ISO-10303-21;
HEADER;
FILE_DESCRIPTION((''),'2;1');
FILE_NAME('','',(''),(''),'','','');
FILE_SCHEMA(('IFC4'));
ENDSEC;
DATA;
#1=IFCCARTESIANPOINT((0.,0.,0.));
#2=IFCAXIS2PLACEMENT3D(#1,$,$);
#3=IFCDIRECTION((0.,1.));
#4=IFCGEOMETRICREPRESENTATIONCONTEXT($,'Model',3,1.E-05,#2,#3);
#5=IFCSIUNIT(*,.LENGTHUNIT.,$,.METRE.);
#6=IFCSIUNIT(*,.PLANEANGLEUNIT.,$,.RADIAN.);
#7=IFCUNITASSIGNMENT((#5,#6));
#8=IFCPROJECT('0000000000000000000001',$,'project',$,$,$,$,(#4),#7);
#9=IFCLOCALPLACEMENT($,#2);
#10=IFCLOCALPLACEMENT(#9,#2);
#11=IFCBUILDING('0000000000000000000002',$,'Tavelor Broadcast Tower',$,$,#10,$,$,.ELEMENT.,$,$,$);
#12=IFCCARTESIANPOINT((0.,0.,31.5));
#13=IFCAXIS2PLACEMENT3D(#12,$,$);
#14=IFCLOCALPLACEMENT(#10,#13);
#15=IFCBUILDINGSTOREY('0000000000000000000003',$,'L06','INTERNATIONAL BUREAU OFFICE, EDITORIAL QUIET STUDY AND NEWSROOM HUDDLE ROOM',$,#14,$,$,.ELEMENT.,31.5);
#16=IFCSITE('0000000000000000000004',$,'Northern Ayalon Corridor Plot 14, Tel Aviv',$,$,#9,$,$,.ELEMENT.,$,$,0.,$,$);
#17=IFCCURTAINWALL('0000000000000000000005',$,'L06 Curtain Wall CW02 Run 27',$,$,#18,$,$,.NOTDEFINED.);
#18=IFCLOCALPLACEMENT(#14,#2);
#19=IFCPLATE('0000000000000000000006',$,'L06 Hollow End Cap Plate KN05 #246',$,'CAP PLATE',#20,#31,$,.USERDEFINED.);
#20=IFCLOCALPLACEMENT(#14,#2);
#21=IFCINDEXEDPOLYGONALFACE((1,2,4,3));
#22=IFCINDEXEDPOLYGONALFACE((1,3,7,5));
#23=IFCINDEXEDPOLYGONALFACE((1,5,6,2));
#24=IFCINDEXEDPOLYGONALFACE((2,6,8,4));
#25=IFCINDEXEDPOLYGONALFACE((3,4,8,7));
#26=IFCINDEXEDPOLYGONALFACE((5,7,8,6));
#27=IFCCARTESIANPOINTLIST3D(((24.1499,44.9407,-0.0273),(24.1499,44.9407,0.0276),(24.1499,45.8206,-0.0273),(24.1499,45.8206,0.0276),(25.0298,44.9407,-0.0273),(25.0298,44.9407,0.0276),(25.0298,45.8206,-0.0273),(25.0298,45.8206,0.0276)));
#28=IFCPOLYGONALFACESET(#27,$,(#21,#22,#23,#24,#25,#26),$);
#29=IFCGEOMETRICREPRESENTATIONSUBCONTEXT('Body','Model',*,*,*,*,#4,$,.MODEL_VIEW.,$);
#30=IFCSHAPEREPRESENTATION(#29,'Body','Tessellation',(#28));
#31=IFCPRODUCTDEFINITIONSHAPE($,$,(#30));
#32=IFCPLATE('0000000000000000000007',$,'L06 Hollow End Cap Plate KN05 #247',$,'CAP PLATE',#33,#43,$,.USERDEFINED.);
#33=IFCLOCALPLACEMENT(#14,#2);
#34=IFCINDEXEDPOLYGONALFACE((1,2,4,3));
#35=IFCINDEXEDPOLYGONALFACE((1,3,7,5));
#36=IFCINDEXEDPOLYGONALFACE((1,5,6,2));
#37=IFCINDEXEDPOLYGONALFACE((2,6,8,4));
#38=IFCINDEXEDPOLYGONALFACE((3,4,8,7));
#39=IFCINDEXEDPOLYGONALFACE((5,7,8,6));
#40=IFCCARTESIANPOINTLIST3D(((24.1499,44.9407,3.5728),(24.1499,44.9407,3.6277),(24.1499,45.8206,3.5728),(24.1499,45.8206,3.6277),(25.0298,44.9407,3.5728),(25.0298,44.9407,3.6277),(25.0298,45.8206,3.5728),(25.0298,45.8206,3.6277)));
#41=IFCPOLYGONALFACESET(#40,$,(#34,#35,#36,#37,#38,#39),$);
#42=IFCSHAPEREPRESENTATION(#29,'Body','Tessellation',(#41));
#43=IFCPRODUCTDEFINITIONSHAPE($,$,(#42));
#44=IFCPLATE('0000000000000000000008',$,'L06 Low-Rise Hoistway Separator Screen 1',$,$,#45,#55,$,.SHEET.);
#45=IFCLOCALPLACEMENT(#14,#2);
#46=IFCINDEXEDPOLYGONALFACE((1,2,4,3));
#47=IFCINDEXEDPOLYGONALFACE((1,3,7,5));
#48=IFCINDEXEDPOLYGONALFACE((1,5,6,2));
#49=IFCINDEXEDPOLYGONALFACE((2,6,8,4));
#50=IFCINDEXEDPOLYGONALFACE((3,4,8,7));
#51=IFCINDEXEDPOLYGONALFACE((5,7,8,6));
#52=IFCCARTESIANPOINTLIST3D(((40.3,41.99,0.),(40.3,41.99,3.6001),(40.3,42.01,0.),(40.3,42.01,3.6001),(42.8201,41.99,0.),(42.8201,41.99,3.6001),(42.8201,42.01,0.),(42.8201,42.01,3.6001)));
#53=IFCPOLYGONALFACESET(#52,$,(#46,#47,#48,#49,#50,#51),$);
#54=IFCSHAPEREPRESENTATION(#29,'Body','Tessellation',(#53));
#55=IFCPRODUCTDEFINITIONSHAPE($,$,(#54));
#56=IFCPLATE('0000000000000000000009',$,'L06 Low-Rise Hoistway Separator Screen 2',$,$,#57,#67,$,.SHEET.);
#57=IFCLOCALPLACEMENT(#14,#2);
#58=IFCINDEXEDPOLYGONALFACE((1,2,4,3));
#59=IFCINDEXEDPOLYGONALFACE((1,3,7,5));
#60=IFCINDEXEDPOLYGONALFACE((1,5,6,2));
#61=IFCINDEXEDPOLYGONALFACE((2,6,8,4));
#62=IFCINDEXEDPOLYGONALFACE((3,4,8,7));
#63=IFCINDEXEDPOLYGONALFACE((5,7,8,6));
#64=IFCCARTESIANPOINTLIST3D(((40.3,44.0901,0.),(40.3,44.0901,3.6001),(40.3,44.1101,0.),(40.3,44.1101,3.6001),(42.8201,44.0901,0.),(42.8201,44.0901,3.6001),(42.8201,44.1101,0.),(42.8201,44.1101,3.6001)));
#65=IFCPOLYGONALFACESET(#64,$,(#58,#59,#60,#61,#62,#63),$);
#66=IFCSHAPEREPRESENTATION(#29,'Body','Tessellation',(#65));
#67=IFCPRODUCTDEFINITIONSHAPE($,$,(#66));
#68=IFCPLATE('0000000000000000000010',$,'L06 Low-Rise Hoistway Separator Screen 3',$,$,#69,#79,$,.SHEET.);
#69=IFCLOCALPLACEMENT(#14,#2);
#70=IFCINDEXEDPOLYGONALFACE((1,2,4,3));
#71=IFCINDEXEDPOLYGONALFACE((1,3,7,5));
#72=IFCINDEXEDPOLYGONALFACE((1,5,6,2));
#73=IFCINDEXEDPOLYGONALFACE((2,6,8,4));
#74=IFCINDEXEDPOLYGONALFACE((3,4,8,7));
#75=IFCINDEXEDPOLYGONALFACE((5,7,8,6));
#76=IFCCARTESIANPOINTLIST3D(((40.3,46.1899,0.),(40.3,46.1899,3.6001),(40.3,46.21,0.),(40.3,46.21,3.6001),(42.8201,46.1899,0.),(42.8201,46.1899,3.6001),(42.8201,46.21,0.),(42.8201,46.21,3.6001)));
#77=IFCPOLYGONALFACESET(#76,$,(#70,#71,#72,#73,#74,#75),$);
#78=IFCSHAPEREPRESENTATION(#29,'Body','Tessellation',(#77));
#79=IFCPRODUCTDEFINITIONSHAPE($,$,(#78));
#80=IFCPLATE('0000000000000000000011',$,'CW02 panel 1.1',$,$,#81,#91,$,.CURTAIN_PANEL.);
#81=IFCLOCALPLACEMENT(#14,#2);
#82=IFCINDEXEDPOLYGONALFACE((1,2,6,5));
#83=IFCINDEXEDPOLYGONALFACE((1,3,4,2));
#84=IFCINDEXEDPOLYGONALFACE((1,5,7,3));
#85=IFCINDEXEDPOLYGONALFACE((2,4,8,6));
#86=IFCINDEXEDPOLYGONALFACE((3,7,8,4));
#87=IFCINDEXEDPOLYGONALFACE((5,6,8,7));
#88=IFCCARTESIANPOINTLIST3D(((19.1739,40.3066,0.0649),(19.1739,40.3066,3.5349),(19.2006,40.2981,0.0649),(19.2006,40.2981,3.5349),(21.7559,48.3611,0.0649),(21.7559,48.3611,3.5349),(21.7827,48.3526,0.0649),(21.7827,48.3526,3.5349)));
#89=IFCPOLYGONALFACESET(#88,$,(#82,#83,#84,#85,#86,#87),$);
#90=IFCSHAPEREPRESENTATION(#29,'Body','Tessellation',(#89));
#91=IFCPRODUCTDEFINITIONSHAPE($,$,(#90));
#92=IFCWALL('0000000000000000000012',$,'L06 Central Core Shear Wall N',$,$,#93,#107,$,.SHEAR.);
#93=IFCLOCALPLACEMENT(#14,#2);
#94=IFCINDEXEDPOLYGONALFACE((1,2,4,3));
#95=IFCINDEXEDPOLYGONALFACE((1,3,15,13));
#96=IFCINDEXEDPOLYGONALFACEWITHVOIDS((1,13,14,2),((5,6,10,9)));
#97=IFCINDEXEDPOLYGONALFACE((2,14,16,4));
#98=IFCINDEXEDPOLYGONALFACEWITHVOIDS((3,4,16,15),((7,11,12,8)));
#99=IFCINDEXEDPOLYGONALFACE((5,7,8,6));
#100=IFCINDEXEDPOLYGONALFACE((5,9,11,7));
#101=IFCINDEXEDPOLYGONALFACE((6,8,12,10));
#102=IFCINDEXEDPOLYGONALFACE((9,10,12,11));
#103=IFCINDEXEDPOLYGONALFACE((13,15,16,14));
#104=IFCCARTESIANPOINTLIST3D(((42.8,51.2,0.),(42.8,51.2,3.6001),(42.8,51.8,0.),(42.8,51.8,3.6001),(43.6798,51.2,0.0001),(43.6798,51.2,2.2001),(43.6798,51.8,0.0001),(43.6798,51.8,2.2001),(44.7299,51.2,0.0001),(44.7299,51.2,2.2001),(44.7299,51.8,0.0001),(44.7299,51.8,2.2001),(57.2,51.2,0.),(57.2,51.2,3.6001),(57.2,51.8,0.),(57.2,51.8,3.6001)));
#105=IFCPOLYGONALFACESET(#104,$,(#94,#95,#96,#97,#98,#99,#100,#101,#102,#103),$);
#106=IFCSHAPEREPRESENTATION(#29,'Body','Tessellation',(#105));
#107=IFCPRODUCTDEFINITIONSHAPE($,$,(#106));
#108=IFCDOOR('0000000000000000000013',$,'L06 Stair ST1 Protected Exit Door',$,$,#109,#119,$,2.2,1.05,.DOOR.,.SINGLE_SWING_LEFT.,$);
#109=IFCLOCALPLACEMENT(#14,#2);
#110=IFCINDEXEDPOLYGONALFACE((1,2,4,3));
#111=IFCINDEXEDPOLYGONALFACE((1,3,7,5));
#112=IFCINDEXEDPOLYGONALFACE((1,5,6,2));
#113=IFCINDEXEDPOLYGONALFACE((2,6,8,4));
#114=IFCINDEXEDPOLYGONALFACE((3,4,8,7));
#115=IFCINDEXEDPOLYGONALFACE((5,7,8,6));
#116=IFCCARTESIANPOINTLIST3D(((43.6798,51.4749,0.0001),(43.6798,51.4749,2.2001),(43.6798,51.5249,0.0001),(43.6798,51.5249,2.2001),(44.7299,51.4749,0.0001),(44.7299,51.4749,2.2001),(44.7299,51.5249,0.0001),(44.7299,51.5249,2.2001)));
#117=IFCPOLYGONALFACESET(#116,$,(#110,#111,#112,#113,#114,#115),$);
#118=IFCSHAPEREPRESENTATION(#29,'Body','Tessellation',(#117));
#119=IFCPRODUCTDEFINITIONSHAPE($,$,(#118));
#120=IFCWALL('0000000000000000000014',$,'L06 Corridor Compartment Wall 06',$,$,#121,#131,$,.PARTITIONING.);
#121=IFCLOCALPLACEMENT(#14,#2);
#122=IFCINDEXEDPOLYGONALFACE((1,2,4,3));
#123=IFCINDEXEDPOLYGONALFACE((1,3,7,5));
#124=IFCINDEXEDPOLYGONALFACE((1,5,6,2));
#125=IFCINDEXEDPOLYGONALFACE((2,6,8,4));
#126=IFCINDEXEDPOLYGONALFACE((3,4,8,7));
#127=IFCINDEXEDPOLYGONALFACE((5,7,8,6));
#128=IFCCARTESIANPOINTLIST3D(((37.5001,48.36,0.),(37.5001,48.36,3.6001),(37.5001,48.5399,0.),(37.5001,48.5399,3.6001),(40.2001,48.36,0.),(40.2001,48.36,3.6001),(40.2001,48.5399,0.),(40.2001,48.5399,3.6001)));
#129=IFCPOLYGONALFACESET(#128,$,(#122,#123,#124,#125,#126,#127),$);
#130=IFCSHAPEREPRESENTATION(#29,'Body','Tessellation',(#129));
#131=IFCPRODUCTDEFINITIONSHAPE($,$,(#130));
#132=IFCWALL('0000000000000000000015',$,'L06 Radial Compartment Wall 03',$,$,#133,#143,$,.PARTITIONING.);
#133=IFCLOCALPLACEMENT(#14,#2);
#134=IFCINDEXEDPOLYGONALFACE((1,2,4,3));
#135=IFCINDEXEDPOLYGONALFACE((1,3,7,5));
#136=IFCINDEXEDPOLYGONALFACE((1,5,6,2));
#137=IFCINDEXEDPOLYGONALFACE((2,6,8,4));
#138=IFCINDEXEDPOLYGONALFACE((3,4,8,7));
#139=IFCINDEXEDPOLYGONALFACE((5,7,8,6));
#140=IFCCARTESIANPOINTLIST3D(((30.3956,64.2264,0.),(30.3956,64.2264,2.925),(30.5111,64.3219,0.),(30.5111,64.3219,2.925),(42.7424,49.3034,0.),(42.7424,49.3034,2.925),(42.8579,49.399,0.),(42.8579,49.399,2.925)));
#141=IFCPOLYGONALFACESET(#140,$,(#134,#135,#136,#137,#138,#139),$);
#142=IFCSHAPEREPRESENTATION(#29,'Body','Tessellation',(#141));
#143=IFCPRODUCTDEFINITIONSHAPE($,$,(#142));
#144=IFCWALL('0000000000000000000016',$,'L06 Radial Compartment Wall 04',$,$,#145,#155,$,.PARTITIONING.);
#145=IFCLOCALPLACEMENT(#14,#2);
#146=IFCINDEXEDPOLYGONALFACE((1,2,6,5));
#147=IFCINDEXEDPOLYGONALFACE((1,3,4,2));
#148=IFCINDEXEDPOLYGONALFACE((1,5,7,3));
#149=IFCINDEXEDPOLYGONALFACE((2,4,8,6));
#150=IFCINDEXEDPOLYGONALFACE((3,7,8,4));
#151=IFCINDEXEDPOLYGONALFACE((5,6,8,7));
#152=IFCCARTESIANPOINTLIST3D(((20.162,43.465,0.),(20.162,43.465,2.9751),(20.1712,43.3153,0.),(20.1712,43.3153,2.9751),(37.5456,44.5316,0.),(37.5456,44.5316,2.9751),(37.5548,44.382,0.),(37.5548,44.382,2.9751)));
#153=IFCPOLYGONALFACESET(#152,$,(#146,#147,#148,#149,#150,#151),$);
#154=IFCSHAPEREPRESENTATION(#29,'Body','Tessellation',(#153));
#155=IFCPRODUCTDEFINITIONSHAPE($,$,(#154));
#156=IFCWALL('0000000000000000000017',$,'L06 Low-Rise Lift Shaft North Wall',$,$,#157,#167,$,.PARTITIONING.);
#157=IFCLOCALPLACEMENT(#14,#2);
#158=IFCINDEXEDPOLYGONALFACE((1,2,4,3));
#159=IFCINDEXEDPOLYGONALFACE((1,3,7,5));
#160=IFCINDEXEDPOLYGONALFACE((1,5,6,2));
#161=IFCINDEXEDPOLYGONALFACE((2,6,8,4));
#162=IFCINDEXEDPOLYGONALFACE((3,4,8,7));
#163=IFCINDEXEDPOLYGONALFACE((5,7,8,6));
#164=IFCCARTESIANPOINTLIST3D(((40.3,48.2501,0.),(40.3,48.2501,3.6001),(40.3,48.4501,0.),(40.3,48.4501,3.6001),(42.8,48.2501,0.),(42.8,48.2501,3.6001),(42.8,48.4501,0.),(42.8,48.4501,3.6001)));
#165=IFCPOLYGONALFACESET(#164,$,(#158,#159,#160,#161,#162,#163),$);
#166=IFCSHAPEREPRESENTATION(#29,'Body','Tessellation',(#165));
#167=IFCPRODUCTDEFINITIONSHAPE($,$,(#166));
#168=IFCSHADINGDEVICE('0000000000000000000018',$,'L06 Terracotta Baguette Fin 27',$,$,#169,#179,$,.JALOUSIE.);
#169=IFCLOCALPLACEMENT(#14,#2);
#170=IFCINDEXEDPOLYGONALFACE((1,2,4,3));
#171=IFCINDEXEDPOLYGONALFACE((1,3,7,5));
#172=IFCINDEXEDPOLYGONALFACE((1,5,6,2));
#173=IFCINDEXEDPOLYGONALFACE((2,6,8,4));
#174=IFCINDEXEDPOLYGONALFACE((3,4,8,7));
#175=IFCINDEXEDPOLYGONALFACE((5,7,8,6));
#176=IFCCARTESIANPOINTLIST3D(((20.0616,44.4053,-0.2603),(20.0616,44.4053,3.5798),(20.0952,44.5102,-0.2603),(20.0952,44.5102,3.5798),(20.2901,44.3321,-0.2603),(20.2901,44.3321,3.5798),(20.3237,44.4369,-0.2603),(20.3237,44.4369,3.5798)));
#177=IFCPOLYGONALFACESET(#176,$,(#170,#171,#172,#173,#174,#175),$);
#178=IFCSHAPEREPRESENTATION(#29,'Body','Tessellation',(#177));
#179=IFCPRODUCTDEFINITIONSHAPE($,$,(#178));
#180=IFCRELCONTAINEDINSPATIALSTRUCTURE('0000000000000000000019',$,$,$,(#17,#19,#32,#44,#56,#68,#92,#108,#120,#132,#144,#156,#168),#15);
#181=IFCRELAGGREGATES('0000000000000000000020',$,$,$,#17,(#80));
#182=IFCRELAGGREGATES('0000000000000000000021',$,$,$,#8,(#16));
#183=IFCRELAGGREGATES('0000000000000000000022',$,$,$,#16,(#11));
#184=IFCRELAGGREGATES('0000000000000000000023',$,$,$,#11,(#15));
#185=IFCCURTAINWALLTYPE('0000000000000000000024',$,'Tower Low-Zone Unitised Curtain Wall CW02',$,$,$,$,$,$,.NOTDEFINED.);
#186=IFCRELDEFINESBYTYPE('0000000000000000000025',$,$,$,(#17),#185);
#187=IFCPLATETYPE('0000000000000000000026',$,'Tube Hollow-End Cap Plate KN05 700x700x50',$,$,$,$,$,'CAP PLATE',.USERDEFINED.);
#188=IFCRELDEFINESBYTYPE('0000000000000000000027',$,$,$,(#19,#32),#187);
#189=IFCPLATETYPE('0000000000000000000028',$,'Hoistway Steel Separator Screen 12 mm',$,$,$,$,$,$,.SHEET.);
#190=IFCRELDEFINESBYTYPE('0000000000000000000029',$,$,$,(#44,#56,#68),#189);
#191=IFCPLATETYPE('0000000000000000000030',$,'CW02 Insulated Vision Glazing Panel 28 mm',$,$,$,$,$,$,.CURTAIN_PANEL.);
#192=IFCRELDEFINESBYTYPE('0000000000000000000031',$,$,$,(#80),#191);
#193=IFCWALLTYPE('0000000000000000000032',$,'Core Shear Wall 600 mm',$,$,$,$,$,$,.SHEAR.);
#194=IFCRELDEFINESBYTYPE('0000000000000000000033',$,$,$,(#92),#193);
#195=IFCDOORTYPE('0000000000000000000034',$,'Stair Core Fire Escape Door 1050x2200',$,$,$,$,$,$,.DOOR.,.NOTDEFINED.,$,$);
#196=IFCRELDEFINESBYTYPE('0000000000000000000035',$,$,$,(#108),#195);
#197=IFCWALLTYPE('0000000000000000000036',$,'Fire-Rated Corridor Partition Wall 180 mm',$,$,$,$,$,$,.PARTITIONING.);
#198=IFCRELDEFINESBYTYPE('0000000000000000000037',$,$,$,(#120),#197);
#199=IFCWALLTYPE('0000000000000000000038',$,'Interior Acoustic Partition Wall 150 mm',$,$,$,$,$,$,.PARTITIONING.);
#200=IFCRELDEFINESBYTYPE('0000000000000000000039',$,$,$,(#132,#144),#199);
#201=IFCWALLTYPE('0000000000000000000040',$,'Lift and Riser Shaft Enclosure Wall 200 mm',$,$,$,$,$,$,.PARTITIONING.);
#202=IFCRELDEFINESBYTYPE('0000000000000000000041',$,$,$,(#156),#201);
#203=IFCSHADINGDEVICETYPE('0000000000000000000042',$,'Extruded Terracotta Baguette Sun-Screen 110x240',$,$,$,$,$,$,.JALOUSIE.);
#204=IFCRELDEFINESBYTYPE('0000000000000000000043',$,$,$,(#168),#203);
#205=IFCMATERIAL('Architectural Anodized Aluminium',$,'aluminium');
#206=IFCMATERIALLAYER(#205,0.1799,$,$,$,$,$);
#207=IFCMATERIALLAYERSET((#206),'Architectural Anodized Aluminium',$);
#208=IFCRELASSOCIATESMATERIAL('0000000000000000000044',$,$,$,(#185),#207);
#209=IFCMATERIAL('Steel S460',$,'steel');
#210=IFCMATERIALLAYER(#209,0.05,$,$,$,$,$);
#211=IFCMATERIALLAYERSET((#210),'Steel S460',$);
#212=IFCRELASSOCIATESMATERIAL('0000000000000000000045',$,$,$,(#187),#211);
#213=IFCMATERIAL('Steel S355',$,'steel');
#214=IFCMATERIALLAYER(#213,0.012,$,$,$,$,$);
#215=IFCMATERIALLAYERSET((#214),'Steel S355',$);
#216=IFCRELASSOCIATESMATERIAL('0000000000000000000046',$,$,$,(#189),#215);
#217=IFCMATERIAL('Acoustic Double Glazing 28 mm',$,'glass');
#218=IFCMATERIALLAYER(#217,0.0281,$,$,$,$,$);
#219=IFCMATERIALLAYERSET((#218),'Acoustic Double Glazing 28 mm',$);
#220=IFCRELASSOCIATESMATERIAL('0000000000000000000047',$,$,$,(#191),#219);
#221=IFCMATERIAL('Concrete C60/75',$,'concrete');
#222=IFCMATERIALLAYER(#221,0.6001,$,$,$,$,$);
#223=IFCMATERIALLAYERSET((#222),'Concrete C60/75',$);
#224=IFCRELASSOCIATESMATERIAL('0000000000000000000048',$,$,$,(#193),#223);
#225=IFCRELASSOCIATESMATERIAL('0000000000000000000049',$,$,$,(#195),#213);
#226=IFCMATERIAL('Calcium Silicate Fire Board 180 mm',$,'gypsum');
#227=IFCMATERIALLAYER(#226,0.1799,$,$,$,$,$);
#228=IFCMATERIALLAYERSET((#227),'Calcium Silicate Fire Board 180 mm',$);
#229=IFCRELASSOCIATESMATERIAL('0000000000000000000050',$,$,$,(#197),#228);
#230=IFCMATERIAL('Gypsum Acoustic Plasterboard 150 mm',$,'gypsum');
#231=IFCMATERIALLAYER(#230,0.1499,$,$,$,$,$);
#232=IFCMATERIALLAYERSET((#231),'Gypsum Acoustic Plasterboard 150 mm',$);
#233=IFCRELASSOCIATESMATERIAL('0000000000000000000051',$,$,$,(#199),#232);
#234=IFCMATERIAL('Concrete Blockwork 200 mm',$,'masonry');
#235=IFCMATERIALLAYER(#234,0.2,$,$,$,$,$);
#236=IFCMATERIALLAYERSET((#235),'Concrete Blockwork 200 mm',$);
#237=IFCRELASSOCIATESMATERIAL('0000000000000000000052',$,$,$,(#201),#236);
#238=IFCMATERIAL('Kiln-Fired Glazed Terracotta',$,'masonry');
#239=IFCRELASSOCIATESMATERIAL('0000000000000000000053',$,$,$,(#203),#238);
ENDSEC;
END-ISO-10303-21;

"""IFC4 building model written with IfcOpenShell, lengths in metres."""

from ifc_helpers import new_model, si_unit, direction, frame, frame_2d, origin, origin_2d, place, context, subcontext, project, spatial, rectangle, extrude, source, transform, mapped, material, layer, layer_set, type_object, type_shapes, element, fill, aggregate, save


model = new_model("IFC4")

# Units and contexts
model_context = context("Model", 3, precision=1e-05, world=origin(), true_north=direction((0.0, 1.0)))
body_context = subcontext(model_context, "Body", "Model", "MODEL_VIEW")
ifc_project = project(units=[si_unit("LENGTHUNIT", "METRE"), si_unit("PLANEANGLEUNIT", "RADIAN")], contexts=[model_context])

# Site, building, storey
site_placement = place(None, origin())
site = spatial("IfcSite", under=ifc_project, at=site_placement, Name="Northern Ayalon Corridor Plot 14, Tel Aviv", CompositionType="ELEMENT", RefElevation=0.0)
building_placement = place(site_placement, origin())
building = spatial("IfcBuilding", under=site, at=building_placement, Name="Tavelor Broadcast Tower", CompositionType="ELEMENT")
storey_placement = place(building_placement, frame((0.0, 0.0, 31.5)))
storey = spatial("IfcBuildingStorey", under=building, at=storey_placement, Name="L06", Description="INTERNATIONAL BUREAU OFFICE, EDITORIAL QUIET STUDY AND NEWSROOM HUDDLE ROOM", CompositionType="ELEMENT", Elevation=31.5)

# Shared definitions
ifc_material_1 = material(Name="Steel S460", Category="steel")

# Shared definitions
ifc_material_2 = material(Name="Steel S355", Category="steel")

# Shared definitions
ifc_material_3 = material(Name="Architectural Anodized Aluminium", Category="aluminium")
ifc_layer_1 = layer(ifc_material_3, 0.1799)
ifc_layer_set_1 = layer_set([ifc_layer_1], Name="Architectural Anodized Aluminium")
curtain_wall_type = type_object("IfcCurtainWallType", Name="Tower Low-Zone Unitised Curtain Wall CW02", PredefinedType="NOTDEFINED", material=ifc_layer_set_1)

# Curtain wall
curtain_wall_1_placement = place(storey_placement, origin())
curtain_wall_1 = element("IfcCurtainWall", 1, at=curtain_wall_1_placement, inside=storey, type_object=curtain_wall_type, Name="L06 Curtain Wall CW02 Run 27", PredefinedType="NOTDEFINED")

# Plates
ifc_layer_2 = layer(ifc_material_1, 0.05)
ifc_layer_set_2 = layer_set([ifc_layer_2], Name="Steel S460")
plate_type_1 = type_object("IfcPlateType", Name="Tube Hollow-End Cap Plate KN05 700x700x50", ElementType="CAP PLATE", PredefinedType="USERDEFINED", material=ifc_layer_set_2)
shared_shape_1 = source(origin(), body_context, "Body", "SweptSolid", [
    extrude(rectangle(XDim=0.8799, YDim=0.8799, at=origin_2d()), origin(), (0.0, 0.0, 1.0), 0.0549),
])
type_shapes(plate_type_1, [shared_shape_1])
for number, where, z_axis, x_axis, name in (
    (2, (24.5898, 45.3806, -0.0273), (0.0, 0.0, 1.0), (1.0, 0.0, 0.0), "L06 Hollow End Cap Plate KN05 #246"),
    (3, (24.5898, 45.3806, 3.5728), (0.0, 0.0, 1.0), (1.0, 0.0, 0.0), "L06 Hollow End Cap Plate KN05 #247"),
):
    element("IfcPlate", number, at=place(storey_placement, frame(where, z_axis=z_axis, x_axis=x_axis)), inside=storey, type_object=plate_type_1, Name=name, ObjectType="CAP PLATE", PredefinedType="USERDEFINED", context=body_context, shape_type="MappedRepresentation", body=[
        mapped(shared_shape_1, transform((0.0, 0.0, 0.0), scale=1.0)),
    ])
ifc_layer_3 = layer(ifc_material_2, 0.012)
ifc_layer_set_3 = layer_set([ifc_layer_3], Name="Steel S355")
plate_type_2 = type_object("IfcPlateType", Name="Hoistway Steel Separator Screen 12 mm", PredefinedType="SHEET", material=ifc_layer_set_3)
shared_shape_2 = source(origin(), body_context, "Body", "SweptSolid", [
    extrude(rectangle(XDim=2.52, YDim=0.02, at=origin_2d()), origin(), (0.0, 0.0, 1.0), 3.6001),
])
type_shapes(plate_type_2, [shared_shape_2])
for number, where, z_axis, x_axis, name in (
    (4, (41.5601, 42.0, 0.0), (0.0, 0.0, 1.0), (1.0, 0.0, 0.0), "L06 Low-Rise Hoistway Separator Screen 1"),
    (5, (41.5601, 44.1001, 0.0), (0.0, 0.0, 1.0), (1.0, 0.0, 0.0), "L06 Low-Rise Hoistway Separator Screen 2"),
    (6, (41.5601, 46.2, 0.0), (0.0, 0.0, 1.0), (1.0, 0.0, 0.0), "L06 Low-Rise Hoistway Separator Screen 3"),
):
    element("IfcPlate", number, at=place(storey_placement, frame(where, z_axis=z_axis, x_axis=x_axis)), inside=storey, type_object=plate_type_2, Name=name, PredefinedType="SHEET", context=body_context, shape_type="MappedRepresentation", body=[
        mapped(shared_shape_2, transform((0.0, 0.0, 0.0), scale=1.0)),
    ])

# Plate
ifc_material_4 = material(Name="Acoustic Double Glazing 28 mm", Category="glass")
ifc_layer_4 = layer(ifc_material_4, 0.0281)
ifc_layer_set_4 = layer_set([ifc_layer_4], Name="Acoustic Double Glazing 28 mm")
plate_type_3 = type_object("IfcPlateType", Name="CW02 Insulated Vision Glazing Panel 28 mm", PredefinedType="CURTAIN_PANEL", material=ifc_layer_set_4)
shared_shape_3 = source(origin(), body_context, "Body", "SweptSolid", [
    extrude(rectangle(XDim=8.4583, YDim=0.0281, at=origin_2d()), origin(), (0.0, 0.0, 1.0), 3.47),
])
type_shapes(plate_type_3, [shared_shape_3])
plate_placement = place(storey_placement, frame((20.4783, 44.3296, 0.0649), z_axis=(0.0, 0.0, 1.0), x_axis=(-0.30527, -0.952266, 0.0)))
plate = element("IfcPlate", 7, at=plate_placement, type_object=plate_type_3, Name="CW02 panel 1.1", PredefinedType="CURTAIN_PANEL", context=body_context, shape_type="MappedRepresentation", body=[
    mapped(shared_shape_3, transform((0.0, 0.0, 0.0), scale=1.0)),
])
aggregate(curtain_wall_1, [plate])

# Wall, opening, door
ifc_material_5 = material(Name="Concrete C60/75", Category="concrete")
ifc_layer_5 = layer(ifc_material_5, 0.6001)
ifc_layer_set_5 = layer_set([ifc_layer_5], Name="Concrete C60/75")
wall_type_1 = type_object("IfcWallType", Name="Core Shear Wall 600 mm", PredefinedType="SHEAR", material=ifc_layer_set_5)
wall_1_placement = place(storey_placement, frame((42.8, 51.5, 0.0), z_axis=(0.0, 0.0, 1.0), x_axis=(1.0, 0.0, 0.0)))
wall_1 = element("IfcWall", 8, at=wall_1_placement, inside=storey, type_object=wall_type_1, Name="L06 Central Core Shear Wall N", PredefinedType="SHEAR", context=body_context, shape_type="SweptSolid", body=[
    extrude(rectangle(XDim=14.3999, YDim=0.6001, at=frame_2d((7.2, 0.0))), origin(), (0.0, 0.0, 1.0), 3.6001),
])
opening_placement = place(wall_1_placement, frame((0.8799, 0.0, 0.0)))
opening = element("IfcOpeningElement", 9, at=opening_placement, cuts=wall_1, PredefinedType="OPENING", context=body_context, shape_type="SweptSolid", body=[
    extrude(rectangle(XDim=1.05, YDim=2.2, at=frame_2d((0.5249, 1.1001))), frame((0.0, 0.3101, 0.0), z_axis=(0.0, -1.0, 0.0), x_axis=(1.0, 0.0, 0.0)), (0.0, 0.0, 1.0), 0.6201),
])
door_type = type_object("IfcDoorType", Name="Stair Core Fire Escape Door 1050x2200", OperationType="NOTDEFINED", PredefinedType="DOOR", material=ifc_material_2)
door_placement = place(opening_placement, origin())
door = element("IfcDoor", 10, at=door_placement, inside=storey, type_object=door_type, Name="L06 Stair ST1 Protected Exit Door", OperationType="SINGLE_SWING_LEFT", OverallHeight=2.2, OverallWidth=1.05, PredefinedType="DOOR", context=body_context, shape_type="SweptSolid", body=[
    extrude(rectangle(XDim=1.05, YDim=2.2, at=frame_2d((0.5249, 1.1001))), frame((0.0, 0.0249, 0.0), z_axis=(0.0, -1.0, 0.0), x_axis=(1.0, 0.0, 0.0)), (0.0, 0.0, 1.0), 0.05),
])
fill(opening, door)

# Walls
ifc_material_6 = material(Name="Calcium Silicate Fire Board 180 mm", Category="gypsum")
ifc_layer_6 = layer(ifc_material_6, 0.1799)
ifc_layer_set_6 = layer_set([ifc_layer_6], Name="Calcium Silicate Fire Board 180 mm")
wall_type_2 = type_object("IfcWallType", Name="Fire-Rated Corridor Partition Wall 180 mm", PredefinedType="PARTITIONING", material=ifc_layer_set_6)
wall_2_placement = place(storey_placement, frame((37.5, 48.45, 0.0), z_axis=(0.0, 0.0, 1.0), x_axis=(1.0, 0.0, 0.0)))
element("IfcWall", 11, at=wall_2_placement, inside=storey, type_object=wall_type_2, Name="L06 Corridor Compartment Wall 06", PredefinedType="PARTITIONING", context=body_context, shape_type="SweptSolid", body=[
    extrude(rectangle(XDim=2.7, YDim=0.1799, at=frame_2d((1.3501, 0.0))), origin(), (0.0, 0.0, 1.0), 3.6001),
])
ifc_material_7 = material(Name="Gypsum Acoustic Plasterboard 150 mm", Category="gypsum")
ifc_layer_7 = layer(ifc_material_7, 0.1499)
ifc_layer_set_7 = layer_set([ifc_layer_7], Name="Gypsum Acoustic Plasterboard 150 mm")
wall_type_3 = type_object("IfcWallType", Name="Interior Acoustic Partition Wall 150 mm", PredefinedType="PARTITIONING", material=ifc_layer_set_7)
wall_3_placement = place(storey_placement, frame((42.8, 49.3513, 0.0), z_axis=(0.0, 0.0, 1.0), x_axis=(-0.637468, 0.770477, 0.0)))
element("IfcWall", 12, at=wall_3_placement, inside=storey, type_object=wall_type_3, Name="L06 Radial Compartment Wall 03", PredefinedType="PARTITIONING", context=body_context, shape_type="SweptSolid", body=[
    extrude(rectangle(XDim=19.3684, YDim=0.1499, at=frame_2d((9.6841, 0.0))), origin(), (0.0, 0.0, 1.0), 2.925),
])
wall_4_placement = place(storey_placement, frame((37.55, 44.4568, 0.0), z_axis=(0.0, 0.0, 1.0), x_axis=(-0.998123, -0.061245, 0.0)))
element("IfcWall", 13, at=wall_4_placement, inside=storey, type_object=wall_type_3, Name="L06 Radial Compartment Wall 04", PredefinedType="PARTITIONING", context=body_context, shape_type="SweptSolid", body=[
    extrude(rectangle(XDim=17.4163, YDim=0.1499, at=frame_2d((8.708, 0.0))), origin(), (0.0, 0.0, 1.0), 2.9751),
])
ifc_material_8 = material(Name="Concrete Blockwork 200 mm", Category="masonry")
ifc_layer_8 = layer(ifc_material_8, 0.2)
ifc_layer_set_8 = layer_set([ifc_layer_8], Name="Concrete Blockwork 200 mm")
wall_type_4 = type_object("IfcWallType", Name="Lift and Riser Shaft Enclosure Wall 200 mm", PredefinedType="PARTITIONING", material=ifc_layer_set_8)
wall_5_placement = place(storey_placement, frame((40.3, 48.3501, 0.0), z_axis=(0.0, 0.0, 1.0), x_axis=(1.0, 0.0, 0.0)))
element("IfcWall", 14, at=wall_5_placement, inside=storey, type_object=wall_type_4, Name="L06 Low-Rise Lift Shaft North Wall", PredefinedType="PARTITIONING", context=body_context, shape_type="SweptSolid", body=[
    extrude(rectangle(XDim=2.5, YDim=0.2, at=frame_2d((1.25, 0.0))), origin(), (0.0, 0.0, 1.0), 3.6001),
])

# Shading device
ifc_material_9 = material(Name="Kiln-Fired Glazed Terracotta", Category="masonry")
shading_device_type = type_object("IfcShadingDeviceType", Name="Extruded Terracotta Baguette Sun-Screen 110x240", PredefinedType="JALOUSIE", material=ifc_material_9)
shared_shape_4 = source(origin(), body_context, "Body", "SweptSolid", [
    extrude(rectangle(XDim=0.1101, YDim=0.24, at=origin_2d()), origin(), (0.0, 0.0, 1.0), 3.8401),
])
type_shapes(shading_device_type, [shared_shape_4])
shading_device_placement = place(storey_placement, frame((20.1926, 44.4211, -0.2603), z_axis=(0.0, 0.0, 1.0), x_axis=(-0.305197, -0.952289, 0.0)))
element("IfcShadingDevice", 15, at=shading_device_placement, inside=storey, type_object=shading_device_type, Name="L06 Terracotta Baguette Fin 27", PredefinedType="JALOUSIE", context=body_context, shape_type="MappedRepresentation", body=[
    mapped(shared_shape_4, transform((0.0, 0.0, 0.0), scale=1.0)),
])

save(model, "model.ifc")
